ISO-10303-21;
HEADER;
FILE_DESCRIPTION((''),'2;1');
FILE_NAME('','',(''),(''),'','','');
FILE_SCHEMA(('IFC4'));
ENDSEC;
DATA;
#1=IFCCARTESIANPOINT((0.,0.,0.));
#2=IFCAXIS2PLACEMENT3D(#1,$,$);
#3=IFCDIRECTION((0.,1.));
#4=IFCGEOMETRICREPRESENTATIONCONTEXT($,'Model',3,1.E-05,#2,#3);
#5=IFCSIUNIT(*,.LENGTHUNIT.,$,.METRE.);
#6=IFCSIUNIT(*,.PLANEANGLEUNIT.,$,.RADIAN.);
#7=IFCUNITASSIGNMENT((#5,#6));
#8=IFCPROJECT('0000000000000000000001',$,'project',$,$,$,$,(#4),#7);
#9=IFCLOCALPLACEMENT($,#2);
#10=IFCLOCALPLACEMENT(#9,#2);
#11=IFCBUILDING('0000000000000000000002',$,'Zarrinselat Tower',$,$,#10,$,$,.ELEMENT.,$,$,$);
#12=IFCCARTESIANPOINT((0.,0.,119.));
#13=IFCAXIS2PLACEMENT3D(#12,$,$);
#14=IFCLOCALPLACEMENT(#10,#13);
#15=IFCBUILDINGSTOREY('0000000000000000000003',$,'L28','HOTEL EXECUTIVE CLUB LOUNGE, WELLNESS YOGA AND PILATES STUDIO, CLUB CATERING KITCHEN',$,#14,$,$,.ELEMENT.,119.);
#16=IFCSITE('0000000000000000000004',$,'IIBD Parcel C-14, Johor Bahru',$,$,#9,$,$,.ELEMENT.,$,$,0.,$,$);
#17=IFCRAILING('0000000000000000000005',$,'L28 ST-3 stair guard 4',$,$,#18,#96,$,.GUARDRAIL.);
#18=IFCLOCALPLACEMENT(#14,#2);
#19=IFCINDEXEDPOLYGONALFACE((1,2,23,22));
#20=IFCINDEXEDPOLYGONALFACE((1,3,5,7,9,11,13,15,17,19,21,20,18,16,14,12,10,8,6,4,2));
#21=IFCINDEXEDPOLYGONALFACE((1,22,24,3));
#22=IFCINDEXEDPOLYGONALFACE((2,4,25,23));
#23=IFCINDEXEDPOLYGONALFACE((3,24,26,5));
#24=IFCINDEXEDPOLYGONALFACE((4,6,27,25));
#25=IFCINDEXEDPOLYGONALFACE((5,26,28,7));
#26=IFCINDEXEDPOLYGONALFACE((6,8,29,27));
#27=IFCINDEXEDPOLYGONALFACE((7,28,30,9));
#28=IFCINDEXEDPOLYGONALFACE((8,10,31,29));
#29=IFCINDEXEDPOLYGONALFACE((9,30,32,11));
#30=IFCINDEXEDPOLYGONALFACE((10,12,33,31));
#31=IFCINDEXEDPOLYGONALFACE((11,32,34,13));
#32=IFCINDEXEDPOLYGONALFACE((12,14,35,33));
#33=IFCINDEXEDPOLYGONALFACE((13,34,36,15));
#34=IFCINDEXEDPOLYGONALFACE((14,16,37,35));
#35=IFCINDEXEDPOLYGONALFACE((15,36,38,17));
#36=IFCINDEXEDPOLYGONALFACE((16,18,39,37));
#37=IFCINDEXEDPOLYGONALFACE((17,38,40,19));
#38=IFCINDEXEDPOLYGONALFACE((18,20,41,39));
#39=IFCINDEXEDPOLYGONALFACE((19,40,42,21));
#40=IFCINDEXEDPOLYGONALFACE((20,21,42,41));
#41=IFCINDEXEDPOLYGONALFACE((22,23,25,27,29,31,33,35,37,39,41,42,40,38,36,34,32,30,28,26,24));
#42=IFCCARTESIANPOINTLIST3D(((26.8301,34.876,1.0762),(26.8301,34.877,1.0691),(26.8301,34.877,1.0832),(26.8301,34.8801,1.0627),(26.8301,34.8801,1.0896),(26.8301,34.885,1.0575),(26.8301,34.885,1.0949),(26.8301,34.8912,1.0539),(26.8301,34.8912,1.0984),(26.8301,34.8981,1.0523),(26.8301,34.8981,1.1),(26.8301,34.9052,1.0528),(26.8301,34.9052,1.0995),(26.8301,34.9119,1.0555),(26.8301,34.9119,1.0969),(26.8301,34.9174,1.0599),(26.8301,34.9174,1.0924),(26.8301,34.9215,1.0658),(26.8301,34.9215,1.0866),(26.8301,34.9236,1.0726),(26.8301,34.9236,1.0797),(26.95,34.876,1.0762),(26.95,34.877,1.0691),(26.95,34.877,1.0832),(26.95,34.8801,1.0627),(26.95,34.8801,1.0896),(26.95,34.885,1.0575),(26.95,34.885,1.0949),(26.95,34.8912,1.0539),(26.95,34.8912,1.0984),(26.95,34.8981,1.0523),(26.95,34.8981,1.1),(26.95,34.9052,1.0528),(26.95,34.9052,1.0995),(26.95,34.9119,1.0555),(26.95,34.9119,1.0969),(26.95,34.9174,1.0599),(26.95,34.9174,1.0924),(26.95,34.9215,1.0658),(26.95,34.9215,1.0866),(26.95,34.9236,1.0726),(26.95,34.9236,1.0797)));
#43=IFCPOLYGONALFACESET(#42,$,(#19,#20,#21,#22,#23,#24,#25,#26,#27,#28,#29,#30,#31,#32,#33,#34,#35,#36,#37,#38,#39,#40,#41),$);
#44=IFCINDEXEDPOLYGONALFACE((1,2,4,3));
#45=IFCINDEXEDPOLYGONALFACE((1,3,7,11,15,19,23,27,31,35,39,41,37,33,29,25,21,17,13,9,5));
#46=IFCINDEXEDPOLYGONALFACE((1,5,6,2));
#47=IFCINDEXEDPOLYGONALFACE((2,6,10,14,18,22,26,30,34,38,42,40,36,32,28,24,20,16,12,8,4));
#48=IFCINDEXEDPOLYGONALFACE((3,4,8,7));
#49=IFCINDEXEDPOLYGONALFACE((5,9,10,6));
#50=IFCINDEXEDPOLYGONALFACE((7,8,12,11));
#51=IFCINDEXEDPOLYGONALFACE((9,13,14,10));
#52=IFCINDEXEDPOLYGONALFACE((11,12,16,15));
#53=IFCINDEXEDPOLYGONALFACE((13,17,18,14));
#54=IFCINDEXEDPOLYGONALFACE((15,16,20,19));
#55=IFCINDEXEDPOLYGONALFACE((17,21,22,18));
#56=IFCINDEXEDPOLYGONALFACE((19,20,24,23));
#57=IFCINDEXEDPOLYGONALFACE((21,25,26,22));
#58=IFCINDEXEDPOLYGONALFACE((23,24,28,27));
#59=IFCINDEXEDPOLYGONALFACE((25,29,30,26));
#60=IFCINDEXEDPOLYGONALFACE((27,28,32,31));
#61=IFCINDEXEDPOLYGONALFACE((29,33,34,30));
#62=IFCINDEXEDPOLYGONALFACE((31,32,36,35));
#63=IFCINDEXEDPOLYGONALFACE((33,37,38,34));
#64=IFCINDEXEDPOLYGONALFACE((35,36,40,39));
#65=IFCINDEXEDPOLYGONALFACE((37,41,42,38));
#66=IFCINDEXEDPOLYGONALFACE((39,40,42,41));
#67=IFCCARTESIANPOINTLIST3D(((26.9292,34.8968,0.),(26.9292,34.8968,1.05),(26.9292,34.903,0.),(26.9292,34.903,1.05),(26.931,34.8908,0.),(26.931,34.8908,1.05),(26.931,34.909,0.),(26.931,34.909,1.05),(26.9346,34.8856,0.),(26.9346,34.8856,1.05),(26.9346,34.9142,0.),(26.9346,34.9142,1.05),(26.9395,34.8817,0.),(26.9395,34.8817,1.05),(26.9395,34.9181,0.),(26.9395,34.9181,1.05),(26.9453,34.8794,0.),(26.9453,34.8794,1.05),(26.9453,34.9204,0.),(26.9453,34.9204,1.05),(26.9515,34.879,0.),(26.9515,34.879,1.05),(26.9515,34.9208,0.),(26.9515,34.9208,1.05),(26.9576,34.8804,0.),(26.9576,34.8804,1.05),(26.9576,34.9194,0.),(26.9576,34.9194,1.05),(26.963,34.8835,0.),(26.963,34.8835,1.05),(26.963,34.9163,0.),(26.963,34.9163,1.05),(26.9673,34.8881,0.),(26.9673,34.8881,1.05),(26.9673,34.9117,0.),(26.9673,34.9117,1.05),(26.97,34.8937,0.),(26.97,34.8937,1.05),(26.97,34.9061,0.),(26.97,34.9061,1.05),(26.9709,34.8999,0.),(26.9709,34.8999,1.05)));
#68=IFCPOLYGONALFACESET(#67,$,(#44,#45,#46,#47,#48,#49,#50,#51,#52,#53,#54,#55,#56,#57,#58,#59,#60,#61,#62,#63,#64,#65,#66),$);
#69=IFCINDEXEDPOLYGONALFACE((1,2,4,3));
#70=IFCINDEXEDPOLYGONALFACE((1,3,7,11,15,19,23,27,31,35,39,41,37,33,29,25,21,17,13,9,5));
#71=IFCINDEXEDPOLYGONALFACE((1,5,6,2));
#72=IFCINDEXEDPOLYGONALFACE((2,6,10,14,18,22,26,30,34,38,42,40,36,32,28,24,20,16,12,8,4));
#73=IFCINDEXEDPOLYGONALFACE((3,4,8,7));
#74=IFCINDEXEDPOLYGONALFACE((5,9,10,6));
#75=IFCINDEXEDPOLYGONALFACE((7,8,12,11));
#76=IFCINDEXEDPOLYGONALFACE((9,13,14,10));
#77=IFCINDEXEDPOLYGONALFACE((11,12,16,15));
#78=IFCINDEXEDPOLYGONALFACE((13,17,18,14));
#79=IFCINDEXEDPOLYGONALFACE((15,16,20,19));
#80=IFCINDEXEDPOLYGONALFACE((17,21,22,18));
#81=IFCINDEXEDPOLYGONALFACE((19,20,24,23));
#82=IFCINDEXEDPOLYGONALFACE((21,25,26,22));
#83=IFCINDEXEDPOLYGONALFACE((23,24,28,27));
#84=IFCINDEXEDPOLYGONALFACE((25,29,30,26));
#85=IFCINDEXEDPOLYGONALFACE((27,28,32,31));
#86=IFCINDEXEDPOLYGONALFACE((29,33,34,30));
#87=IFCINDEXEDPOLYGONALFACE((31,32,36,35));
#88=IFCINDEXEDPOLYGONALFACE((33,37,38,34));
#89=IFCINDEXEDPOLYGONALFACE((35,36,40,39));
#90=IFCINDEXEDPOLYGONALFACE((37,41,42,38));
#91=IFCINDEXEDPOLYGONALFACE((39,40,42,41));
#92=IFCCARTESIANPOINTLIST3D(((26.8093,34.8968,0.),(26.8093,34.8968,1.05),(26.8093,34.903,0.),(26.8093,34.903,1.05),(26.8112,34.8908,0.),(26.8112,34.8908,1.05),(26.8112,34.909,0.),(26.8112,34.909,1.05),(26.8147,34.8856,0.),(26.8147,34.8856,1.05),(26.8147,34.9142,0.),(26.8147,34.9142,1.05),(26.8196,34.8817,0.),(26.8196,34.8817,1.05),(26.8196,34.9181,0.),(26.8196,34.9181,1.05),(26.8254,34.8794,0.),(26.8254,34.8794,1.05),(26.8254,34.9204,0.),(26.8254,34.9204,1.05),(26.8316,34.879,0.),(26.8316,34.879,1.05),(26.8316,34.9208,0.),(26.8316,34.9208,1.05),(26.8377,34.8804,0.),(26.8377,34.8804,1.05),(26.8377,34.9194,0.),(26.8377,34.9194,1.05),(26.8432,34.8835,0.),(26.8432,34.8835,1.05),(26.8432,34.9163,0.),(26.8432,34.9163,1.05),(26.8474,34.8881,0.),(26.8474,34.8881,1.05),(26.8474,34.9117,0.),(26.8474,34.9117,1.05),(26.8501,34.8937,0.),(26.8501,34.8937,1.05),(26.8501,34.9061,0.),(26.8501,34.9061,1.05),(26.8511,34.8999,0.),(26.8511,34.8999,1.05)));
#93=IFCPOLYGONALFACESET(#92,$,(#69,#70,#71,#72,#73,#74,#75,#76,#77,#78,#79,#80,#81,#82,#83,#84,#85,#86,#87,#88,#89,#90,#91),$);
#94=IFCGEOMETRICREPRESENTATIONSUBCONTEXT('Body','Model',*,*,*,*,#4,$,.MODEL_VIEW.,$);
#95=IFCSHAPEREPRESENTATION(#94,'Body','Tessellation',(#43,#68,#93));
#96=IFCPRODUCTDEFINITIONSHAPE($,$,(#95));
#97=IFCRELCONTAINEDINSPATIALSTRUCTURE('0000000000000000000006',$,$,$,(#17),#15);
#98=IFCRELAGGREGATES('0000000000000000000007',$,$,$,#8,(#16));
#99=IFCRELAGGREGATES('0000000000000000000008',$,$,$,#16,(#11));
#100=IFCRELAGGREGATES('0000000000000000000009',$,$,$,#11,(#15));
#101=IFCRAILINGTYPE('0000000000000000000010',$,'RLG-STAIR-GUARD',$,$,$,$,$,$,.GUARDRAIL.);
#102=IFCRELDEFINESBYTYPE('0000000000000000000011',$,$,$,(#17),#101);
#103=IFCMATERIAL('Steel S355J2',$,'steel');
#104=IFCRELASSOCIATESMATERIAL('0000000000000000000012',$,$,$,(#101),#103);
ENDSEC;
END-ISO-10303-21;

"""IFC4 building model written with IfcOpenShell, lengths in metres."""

from ifc_helpers import new_model, si_unit, direction, frame, origin, origin_2d, place, context, subcontext, project, spatial, circle, extrude, material, type_object, element, save


model = new_model("IFC4")

# Units and contexts
model_context = context("Model", 3, precision=1e-05, world=origin(), true_north=direction((0.0, 1.0)))
body_context = subcontext(model_context, "Body", "Model", "MODEL_VIEW")
ifc_project = project(units=[si_unit("LENGTHUNIT", "METRE"), si_unit("PLANEANGLEUNIT", "RADIAN")], contexts=[model_context])

# Site, building, storey
site_placement = place(None, origin())
site = spatial("IfcSite", under=ifc_project, at=site_placement, Name="IIBD Parcel C-14, Johor Bahru", CompositionType="ELEMENT", RefElevation=0.0)
building_placement = place(site_placement, origin())
building = spatial("IfcBuilding", under=site, at=building_placement, Name="Zarrinselat Tower", CompositionType="ELEMENT")
storey_placement = place(building_placement, frame((0.0, 0.0, 119.0)))
storey = spatial("IfcBuildingStorey", under=building, at=storey_placement, Name="L28", Description="HOTEL EXECUTIVE CLUB LOUNGE, WELLNESS YOGA AND PILATES STUDIO, CLUB CATERING KITCHEN", CompositionType="ELEMENT", Elevation=119.0)

# Railing
ifc_material_1 = material(Name="Steel S355J2", Category="steel")
railing_type_1 = type_object("IfcRailingType", Name="RLG-STAIR-GUARD", PredefinedType="GUARDRAIL", material=ifc_material_1)
railing_1_placement = place(storey_placement, frame((26.95, 34.8999, 0.0)))
element("IfcRailing", 1, at=railing_1_placement, inside=storey, type_object=railing_type_1, Name="L28 ST-3 stair guard 4", PredefinedType="GUARDRAIL", context=body_context, shape_type="SweptSolid", body=[
    extrude(circle(Radius=0.0239, at=origin_2d()), frame((0.0, 0.0, 1.0762), z_axis=(-1.0, 0.0, 0.0), x_axis=(0.0, -1.0, 0.0)), (0.0, 0.0, 1.0), 0.1199),
    extrude(circle(Radius=0.021, at=origin_2d()), origin(), (0.0, 0.0, 1.0), 1.05),
    extrude(circle(Radius=0.021, at=origin_2d()), frame((-0.1199, 0.0, 0.0)), (0.0, 0.0, 1.0), 1.05),
])

save(model, "model.ifc")
